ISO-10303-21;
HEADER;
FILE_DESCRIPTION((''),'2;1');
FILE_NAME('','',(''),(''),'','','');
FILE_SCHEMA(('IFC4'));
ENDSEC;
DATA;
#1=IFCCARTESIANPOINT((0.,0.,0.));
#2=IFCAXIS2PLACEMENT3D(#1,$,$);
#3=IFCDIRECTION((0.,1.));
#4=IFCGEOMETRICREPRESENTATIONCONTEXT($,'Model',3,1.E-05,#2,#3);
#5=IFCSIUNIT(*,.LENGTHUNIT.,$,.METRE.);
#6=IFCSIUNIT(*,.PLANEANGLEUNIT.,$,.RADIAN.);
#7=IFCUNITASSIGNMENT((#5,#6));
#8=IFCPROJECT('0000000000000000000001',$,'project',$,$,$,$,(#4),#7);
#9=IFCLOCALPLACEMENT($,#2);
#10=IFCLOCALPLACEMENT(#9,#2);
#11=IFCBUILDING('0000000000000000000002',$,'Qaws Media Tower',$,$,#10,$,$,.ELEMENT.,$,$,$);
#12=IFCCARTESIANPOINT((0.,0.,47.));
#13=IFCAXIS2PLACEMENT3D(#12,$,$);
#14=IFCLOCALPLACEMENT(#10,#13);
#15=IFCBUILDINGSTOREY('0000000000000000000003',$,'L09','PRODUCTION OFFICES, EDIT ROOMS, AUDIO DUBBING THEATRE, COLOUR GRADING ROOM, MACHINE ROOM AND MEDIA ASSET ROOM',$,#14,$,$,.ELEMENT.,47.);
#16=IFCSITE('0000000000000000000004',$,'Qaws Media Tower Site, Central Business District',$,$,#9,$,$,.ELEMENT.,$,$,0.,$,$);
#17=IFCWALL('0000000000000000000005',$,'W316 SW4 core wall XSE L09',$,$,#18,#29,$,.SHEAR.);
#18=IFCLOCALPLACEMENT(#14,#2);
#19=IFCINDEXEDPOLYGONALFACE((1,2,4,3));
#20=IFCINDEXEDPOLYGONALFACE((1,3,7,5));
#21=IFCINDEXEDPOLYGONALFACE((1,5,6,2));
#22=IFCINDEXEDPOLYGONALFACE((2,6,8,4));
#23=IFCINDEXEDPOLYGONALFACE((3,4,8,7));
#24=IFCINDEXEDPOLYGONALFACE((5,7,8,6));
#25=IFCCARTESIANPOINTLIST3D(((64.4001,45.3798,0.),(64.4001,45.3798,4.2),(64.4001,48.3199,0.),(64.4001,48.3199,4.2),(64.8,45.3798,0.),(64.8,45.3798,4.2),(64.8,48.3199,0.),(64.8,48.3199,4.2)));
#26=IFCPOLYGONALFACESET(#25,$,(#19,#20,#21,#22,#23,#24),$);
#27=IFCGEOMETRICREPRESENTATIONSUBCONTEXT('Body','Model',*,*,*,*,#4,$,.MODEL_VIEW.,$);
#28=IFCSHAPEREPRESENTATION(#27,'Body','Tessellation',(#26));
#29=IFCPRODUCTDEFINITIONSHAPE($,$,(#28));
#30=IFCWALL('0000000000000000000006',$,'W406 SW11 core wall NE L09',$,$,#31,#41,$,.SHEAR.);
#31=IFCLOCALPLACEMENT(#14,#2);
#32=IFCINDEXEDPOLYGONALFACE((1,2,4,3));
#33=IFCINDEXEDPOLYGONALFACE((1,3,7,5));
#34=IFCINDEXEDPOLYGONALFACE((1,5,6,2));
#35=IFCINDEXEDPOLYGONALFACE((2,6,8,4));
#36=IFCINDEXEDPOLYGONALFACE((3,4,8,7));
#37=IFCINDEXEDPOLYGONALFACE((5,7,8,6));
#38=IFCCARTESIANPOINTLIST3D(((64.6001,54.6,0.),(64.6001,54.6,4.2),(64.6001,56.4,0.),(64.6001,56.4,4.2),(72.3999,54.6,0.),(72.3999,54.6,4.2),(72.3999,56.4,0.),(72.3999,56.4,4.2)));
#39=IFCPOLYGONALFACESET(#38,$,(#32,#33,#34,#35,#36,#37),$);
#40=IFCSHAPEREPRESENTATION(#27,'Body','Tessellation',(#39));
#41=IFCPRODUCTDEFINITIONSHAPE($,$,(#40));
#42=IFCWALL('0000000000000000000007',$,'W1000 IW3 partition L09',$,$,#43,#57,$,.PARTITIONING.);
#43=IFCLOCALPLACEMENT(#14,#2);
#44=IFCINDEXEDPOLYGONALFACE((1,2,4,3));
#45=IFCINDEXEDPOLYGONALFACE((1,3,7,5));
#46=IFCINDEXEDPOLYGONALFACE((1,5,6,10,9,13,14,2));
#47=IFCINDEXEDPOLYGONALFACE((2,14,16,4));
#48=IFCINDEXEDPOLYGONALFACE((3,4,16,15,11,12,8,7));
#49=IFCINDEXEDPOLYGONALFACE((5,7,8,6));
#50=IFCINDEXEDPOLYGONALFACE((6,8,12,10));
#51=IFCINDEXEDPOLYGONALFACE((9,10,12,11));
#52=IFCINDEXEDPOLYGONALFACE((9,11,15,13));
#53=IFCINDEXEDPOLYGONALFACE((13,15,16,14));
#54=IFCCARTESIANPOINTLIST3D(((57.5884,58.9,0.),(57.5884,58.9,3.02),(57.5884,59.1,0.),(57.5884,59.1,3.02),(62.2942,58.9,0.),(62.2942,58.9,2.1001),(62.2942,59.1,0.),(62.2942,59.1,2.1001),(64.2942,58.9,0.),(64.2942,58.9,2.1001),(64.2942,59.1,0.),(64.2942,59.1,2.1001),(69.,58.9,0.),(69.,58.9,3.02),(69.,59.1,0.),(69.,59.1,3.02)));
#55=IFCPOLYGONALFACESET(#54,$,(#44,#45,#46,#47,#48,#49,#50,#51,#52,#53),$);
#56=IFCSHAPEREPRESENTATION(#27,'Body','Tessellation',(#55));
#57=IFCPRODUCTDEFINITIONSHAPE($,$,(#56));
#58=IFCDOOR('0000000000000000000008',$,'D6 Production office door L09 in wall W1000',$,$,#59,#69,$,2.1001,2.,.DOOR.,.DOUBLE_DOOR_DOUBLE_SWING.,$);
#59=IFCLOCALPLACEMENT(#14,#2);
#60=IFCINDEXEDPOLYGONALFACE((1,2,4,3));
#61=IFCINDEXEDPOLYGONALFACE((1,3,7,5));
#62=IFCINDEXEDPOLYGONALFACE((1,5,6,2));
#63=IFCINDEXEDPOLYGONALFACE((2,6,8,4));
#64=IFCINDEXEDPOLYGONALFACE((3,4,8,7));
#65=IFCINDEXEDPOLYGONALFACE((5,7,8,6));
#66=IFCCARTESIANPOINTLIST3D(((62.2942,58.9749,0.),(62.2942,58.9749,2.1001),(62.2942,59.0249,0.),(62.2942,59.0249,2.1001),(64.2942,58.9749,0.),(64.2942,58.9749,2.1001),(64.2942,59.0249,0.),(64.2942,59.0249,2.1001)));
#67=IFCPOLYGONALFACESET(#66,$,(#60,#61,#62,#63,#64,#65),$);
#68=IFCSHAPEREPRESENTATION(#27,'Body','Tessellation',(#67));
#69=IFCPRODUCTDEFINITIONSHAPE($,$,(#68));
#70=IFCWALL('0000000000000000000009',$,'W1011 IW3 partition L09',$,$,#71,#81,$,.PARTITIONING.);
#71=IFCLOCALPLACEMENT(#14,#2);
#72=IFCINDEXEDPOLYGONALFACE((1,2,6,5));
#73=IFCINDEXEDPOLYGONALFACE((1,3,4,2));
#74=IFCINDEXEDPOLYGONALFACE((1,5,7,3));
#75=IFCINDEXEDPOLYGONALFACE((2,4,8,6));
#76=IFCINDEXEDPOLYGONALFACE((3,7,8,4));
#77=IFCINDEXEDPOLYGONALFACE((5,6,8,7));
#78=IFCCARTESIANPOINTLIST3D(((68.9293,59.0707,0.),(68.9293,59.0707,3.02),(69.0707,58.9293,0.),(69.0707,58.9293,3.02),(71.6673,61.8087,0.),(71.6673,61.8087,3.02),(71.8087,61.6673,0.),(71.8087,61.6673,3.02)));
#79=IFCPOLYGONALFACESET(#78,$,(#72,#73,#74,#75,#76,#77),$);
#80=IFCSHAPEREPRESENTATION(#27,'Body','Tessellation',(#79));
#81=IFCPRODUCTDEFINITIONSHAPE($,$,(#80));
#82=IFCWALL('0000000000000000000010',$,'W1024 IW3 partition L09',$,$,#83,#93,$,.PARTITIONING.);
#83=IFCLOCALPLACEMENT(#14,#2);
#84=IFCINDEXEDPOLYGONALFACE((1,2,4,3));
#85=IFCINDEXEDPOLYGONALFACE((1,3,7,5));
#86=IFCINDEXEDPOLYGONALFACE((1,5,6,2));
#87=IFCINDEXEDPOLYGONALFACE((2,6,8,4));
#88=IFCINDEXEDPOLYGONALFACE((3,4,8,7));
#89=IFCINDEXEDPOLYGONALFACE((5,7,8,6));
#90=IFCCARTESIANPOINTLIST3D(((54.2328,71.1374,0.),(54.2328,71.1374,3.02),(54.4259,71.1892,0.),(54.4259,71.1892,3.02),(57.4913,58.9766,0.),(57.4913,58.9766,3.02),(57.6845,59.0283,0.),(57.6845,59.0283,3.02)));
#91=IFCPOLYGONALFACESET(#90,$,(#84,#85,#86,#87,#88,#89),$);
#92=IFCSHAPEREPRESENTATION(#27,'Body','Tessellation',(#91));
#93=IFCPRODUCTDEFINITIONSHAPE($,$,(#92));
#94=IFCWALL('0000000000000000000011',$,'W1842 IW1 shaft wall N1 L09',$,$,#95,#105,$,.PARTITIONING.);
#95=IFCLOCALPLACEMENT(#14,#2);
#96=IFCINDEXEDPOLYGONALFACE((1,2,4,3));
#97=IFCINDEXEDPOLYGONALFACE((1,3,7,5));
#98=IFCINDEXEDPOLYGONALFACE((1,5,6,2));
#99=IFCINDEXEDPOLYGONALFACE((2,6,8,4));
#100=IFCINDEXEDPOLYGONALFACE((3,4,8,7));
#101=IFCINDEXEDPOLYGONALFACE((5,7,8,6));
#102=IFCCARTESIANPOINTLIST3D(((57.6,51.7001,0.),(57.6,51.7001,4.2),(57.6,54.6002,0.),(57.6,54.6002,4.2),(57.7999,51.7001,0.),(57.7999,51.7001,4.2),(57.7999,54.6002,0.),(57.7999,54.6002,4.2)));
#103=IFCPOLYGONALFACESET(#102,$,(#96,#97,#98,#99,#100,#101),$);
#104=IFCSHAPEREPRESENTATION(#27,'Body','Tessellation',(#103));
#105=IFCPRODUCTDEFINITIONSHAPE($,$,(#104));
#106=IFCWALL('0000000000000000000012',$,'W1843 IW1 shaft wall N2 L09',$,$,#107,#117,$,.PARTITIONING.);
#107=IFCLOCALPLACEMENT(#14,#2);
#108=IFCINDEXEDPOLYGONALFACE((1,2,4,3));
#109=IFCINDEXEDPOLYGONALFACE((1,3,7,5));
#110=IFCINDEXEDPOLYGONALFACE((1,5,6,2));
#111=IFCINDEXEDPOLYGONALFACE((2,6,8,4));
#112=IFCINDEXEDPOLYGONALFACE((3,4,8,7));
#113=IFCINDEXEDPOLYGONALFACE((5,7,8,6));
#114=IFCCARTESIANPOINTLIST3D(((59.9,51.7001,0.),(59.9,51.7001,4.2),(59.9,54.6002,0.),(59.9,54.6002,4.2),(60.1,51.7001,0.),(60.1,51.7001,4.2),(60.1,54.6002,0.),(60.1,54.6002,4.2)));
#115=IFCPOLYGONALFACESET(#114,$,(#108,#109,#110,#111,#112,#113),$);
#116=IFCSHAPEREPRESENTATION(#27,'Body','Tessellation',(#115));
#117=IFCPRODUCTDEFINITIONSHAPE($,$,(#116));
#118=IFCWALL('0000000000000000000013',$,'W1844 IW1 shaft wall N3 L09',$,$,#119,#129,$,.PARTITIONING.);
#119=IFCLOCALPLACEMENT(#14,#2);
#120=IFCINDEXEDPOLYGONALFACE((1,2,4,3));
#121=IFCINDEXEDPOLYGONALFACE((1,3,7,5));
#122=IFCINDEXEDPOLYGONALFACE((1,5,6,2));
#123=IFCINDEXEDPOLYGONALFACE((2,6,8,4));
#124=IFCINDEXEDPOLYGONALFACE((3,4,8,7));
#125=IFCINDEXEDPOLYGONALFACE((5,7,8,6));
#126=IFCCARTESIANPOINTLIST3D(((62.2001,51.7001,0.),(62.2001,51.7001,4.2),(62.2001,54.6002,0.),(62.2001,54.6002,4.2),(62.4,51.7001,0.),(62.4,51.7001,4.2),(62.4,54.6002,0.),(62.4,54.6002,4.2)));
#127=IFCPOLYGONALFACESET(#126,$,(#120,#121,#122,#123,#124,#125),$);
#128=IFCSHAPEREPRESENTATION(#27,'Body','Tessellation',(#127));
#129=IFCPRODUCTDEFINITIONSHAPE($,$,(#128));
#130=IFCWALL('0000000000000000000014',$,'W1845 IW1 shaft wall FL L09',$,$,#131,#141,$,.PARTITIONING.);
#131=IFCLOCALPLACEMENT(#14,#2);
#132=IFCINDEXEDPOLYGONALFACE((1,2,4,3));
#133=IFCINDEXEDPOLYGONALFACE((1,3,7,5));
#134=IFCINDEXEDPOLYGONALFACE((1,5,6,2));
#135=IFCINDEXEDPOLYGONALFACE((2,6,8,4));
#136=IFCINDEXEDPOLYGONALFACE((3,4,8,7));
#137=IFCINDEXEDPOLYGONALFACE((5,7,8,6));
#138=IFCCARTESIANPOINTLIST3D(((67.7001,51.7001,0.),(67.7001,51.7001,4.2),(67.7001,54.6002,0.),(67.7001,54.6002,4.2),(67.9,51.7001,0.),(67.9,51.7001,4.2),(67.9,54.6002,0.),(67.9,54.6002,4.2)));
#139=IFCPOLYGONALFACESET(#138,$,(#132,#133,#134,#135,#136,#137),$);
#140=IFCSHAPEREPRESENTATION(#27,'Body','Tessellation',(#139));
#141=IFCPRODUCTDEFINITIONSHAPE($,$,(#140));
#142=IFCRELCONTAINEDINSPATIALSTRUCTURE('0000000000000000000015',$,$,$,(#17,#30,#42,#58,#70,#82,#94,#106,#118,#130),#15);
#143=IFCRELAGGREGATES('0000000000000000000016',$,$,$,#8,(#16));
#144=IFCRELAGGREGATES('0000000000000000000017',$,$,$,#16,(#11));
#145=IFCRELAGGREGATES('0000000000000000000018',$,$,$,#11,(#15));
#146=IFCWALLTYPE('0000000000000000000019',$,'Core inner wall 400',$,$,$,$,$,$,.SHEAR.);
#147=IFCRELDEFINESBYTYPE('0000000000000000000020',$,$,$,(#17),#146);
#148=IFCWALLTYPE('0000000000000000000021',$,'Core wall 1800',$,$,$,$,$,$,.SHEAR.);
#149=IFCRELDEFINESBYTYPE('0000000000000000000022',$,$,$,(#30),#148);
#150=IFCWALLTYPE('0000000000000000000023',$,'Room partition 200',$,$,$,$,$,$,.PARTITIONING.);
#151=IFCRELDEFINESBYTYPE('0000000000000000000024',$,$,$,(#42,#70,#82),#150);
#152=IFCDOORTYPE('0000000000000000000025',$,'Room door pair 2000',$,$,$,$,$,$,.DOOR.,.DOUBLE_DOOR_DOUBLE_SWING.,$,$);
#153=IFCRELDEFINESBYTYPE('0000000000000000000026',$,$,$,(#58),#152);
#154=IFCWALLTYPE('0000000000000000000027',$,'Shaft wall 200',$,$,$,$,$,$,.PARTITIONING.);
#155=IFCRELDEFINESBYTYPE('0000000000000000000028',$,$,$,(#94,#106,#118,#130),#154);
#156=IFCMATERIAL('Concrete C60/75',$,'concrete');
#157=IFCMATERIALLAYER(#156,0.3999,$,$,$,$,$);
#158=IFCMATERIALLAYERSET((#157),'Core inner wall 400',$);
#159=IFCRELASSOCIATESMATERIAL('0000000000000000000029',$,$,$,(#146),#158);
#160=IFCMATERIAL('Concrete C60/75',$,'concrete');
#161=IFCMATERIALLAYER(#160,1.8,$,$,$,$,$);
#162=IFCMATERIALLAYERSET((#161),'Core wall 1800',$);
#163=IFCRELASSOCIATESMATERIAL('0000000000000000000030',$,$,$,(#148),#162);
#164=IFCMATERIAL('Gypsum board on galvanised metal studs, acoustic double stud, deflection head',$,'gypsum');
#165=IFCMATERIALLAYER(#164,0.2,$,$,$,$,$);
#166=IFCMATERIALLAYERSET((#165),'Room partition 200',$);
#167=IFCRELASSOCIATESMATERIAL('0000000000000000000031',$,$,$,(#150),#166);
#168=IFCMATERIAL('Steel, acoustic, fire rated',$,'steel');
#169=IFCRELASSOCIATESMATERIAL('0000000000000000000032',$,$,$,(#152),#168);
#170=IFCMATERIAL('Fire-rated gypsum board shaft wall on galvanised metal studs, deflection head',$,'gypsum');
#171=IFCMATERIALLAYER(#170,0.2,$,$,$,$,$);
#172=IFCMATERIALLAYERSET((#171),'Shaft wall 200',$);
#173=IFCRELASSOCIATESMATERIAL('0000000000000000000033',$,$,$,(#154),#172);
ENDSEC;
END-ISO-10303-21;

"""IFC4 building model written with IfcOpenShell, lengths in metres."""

from ifc_helpers import new_model, si_unit, direction, frame, frame_2d, origin, place, context, subcontext, project, spatial, rectangle, extrude, material, layer, layer_set, type_object, element, fill, save


model = new_model("IFC4")

# Units and contexts
model_context = context("Model", 3, precision=1e-05, world=origin(), true_north=direction((0.0, 1.0)))
body_context = subcontext(model_context, "Body", "Model", "MODEL_VIEW")
ifc_project = project(units=[si_unit("LENGTHUNIT", "METRE"), si_unit("PLANEANGLEUNIT", "RADIAN")], contexts=[model_context])

# Site, building, storey
site_placement = place(None, origin())
site = spatial("IfcSite", under=ifc_project, at=site_placement, Name="Qaws Media Tower Site, Central Business District", CompositionType="ELEMENT", RefElevation=0.0)
building_placement = place(site_placement, origin())
building = spatial("IfcBuilding", under=site, at=building_placement, Name="Qaws Media Tower", CompositionType="ELEMENT")
storey_placement = place(building_placement, frame((0.0, 0.0, 47.0)))
storey = spatial("IfcBuildingStorey", under=building, at=storey_placement, Name="L09", Description="PRODUCTION OFFICES, EDIT ROOMS, AUDIO DUBBING THEATRE, COLOUR GRADING ROOM, MACHINE ROOM AND MEDIA ASSET ROOM", CompositionType="ELEMENT", Elevation=47.0)

# Shared definitions
ifc_material_1 = material(Name="Concrete C60/75", Category="concrete")
ifc_layer_1 = layer(ifc_material_1, 0.3999)
ifc_layer_set_1 = layer_set([ifc_layer_1], Name="Core inner wall 400")
wall_type_1 = type_object("IfcWallType", Name="Core inner wall 400", PredefinedType="SHEAR", material=ifc_layer_set_1)

# Walls
for number, where, z_axis, x_axis, name in (
    (1, (64.6001, 48.3201, 0.0), (0.0, 0.0, 1.0), (0.0, -1.0, 0.0), "W316 SW4 core wall XSE L09"),
):
    element("IfcWall", number, at=place(storey_placement, frame(where, z_axis=z_axis, x_axis=x_axis)), inside=storey, type_object=wall_type_1, Name=name, PredefinedType="SHEAR", context=body_context, shape_type="SweptSolid", body=[
        extrude(rectangle(XDim=2.9402, YDim=0.3999, at=frame_2d((1.4702, 0.0))), origin(), (0.0, 0.0, 1.0), 4.2),
    ])
ifc_material_2 = material(Name="Concrete C60/75", Category="concrete")
ifc_layer_2 = layer(ifc_material_2, 1.8)
ifc_layer_set_2 = layer_set([ifc_layer_2], Name="Core wall 1800")
wall_type_2 = type_object("IfcWallType", Name="Core wall 1800", PredefinedType="SHEAR", material=ifc_layer_set_2)
wall_1_placement = place(storey_placement, frame((64.6001, 55.5, 0.0), z_axis=(0.0, 0.0, 1.0), x_axis=(1.0, 0.0, 0.0)))
element("IfcWall", 2, at=wall_1_placement, inside=storey, type_object=wall_type_2, Name="W406 SW11 core wall NE L09", PredefinedType="SHEAR", context=body_context, shape_type="SweptSolid", body=[
    extrude(rectangle(XDim=7.7998, YDim=1.8, at=frame_2d((3.8999, 0.0))), origin(), (0.0, 0.0, 1.0), 4.2),
])

# Wall, opening, door
ifc_material_3 = material(Name="Gypsum board on galvanised metal studs, acoustic double stud, deflection head", Category="gypsum")
ifc_layer_3 = layer(ifc_material_3, 0.2)
ifc_layer_set_3 = layer_set([ifc_layer_3], Name="Room partition 200")
wall_type_3 = type_object("IfcWallType", Name="Room partition 200", PredefinedType="PARTITIONING", material=ifc_layer_set_3)
wall_2_placement = place(storey_placement, frame((57.5884, 59.0, 0.0), z_axis=(0.0, 0.0, 1.0), x_axis=(1.0, 0.0, 0.0)))
wall_2 = element("IfcWall", 3, at=wall_2_placement, inside=storey, type_object=wall_type_3, Name="W1000 IW3 partition L09", PredefinedType="PARTITIONING", context=body_context, shape_type="SweptSolid", body=[
    extrude(rectangle(XDim=11.4116, YDim=0.2, at=frame_2d((5.7058, 0.0))), origin(), (0.0, 0.0, 1.0), 3.02),
])
opening_1_placement = place(wall_2_placement, frame((4.7058, 0.0, 0.0)))
opening_1 = element("IfcOpeningElement", 4, at=opening_1_placement, cuts=wall_2, PredefinedType="OPENING", context=body_context, shape_type="SweptSolid", body=[
    extrude(rectangle(XDim=2.0, YDim=2.1001, at=frame_2d((1.0, 1.05))), frame((0.0, 0.1099, 0.0), z_axis=(0.0, -1.0, 0.0), x_axis=(1.0, 0.0, 0.0)), (0.0, 0.0, 1.0), 0.22),
])
ifc_material_4 = material(Name="Steel, acoustic, fire rated", Category="steel")
door_type_1 = type_object("IfcDoorType", Name="Room door pair 2000", OperationType="DOUBLE_DOOR_DOUBLE_SWING", PredefinedType="DOOR", material=ifc_material_4)
door_1_placement = place(opening_1_placement, origin())
door_1 = element("IfcDoor", 5, at=door_1_placement, inside=storey, type_object=door_type_1, Name="D6 Production office door L09 in wall W1000", OperationType="DOUBLE_DOOR_DOUBLE_SWING", OverallHeight=2.1001, OverallWidth=2.0, PredefinedType="DOOR", context=body_context, shape_type="SweptSolid", body=[
    extrude(rectangle(XDim=2.0, YDim=2.1001, at=frame_2d((1.0, 1.05))), frame((0.0, 0.0249, 0.0), z_axis=(0.0, -1.0, 0.0), x_axis=(1.0, 0.0, 0.0)), (0.0, 0.0, 1.0), 0.05),
])
fill(opening_1, door_1)

# Walls
wall_3_placement = place(storey_placement, frame((69.0, 59.0, 0.0), z_axis=(0.0, 0.0, 1.0), x_axis=(0.707107, 0.707107, 0.0)))
element("IfcWall", 6, at=wall_3_placement, inside=storey, type_object=wall_type_3, Name="W1011 IW3 partition L09", PredefinedType="PARTITIONING", context=body_context, shape_type="SweptSolid", body=[
    extrude(rectangle(XDim=3.8721, YDim=0.2, at=frame_2d((1.936, 0.0))), origin(), (0.0, 0.0, 1.0), 3.02),
])
wall_4_placement = place(storey_placement, frame((57.5879, 59.0024, 0.0), z_axis=(0.0, 0.0, 1.0), x_axis=(-0.258822, 0.965925, 0.0)))
element("IfcWall", 7, at=wall_4_placement, inside=storey, type_object=wall_type_3, Name="W1024 IW3 partition L09", PredefinedType="PARTITIONING", context=body_context, shape_type="SweptSolid", body=[
    extrude(rectangle(XDim=12.5898, YDim=0.2, at=frame_2d((6.2949, 0.0))), origin(), (0.0, 0.0, 1.0), 3.02),
])
ifc_material_5 = material(Name="Fire-rated gypsum board shaft wall on galvanised metal studs, deflection head", Category="gypsum")
ifc_layer_4 = layer(ifc_material_5, 0.2)
ifc_layer_set_4 = layer_set([ifc_layer_4], Name="Shaft wall 200")
wall_type_4 = type_object("IfcWallType", Name="Shaft wall 200", PredefinedType="PARTITIONING", material=ifc_layer_set_4)
for number, where, z_axis, x_axis, name in (
    (8, (57.7, 51.7, 0.0), (0.0, 0.0, 1.0), (0.0, 1.0, 0.0), "W1842 IW1 shaft wall N1 L09"),
    (9, (60.0, 51.7, 0.0), (0.0, 0.0, 1.0), (0.0, 1.0, 0.0), "W1843 IW1 shaft wall N2 L09"),
    (10, (62.3, 51.7, 0.0), (0.0, 0.0, 1.0), (0.0, 1.0, 0.0), "W1844 IW1 shaft wall N3 L09"),
    (11, (67.8, 51.7, 0.0), (0.0, 0.0, 1.0), (0.0, 1.0, 0.0), "W1845 IW1 shaft wall FL L09"),
):
    element("IfcWall", number, at=place(storey_placement, frame(where, z_axis=z_axis, x_axis=x_axis)), inside=storey, type_object=wall_type_4, Name=name, PredefinedType="PARTITIONING", context=body_context, shape_type="SweptSolid", body=[
        extrude(rectangle(XDim=2.9001, YDim=0.2, at=frame_2d((1.4502, 0.0))), origin(), (0.0, 0.0, 1.0), 4.2),
    ])

save(model, "model.ifc")
